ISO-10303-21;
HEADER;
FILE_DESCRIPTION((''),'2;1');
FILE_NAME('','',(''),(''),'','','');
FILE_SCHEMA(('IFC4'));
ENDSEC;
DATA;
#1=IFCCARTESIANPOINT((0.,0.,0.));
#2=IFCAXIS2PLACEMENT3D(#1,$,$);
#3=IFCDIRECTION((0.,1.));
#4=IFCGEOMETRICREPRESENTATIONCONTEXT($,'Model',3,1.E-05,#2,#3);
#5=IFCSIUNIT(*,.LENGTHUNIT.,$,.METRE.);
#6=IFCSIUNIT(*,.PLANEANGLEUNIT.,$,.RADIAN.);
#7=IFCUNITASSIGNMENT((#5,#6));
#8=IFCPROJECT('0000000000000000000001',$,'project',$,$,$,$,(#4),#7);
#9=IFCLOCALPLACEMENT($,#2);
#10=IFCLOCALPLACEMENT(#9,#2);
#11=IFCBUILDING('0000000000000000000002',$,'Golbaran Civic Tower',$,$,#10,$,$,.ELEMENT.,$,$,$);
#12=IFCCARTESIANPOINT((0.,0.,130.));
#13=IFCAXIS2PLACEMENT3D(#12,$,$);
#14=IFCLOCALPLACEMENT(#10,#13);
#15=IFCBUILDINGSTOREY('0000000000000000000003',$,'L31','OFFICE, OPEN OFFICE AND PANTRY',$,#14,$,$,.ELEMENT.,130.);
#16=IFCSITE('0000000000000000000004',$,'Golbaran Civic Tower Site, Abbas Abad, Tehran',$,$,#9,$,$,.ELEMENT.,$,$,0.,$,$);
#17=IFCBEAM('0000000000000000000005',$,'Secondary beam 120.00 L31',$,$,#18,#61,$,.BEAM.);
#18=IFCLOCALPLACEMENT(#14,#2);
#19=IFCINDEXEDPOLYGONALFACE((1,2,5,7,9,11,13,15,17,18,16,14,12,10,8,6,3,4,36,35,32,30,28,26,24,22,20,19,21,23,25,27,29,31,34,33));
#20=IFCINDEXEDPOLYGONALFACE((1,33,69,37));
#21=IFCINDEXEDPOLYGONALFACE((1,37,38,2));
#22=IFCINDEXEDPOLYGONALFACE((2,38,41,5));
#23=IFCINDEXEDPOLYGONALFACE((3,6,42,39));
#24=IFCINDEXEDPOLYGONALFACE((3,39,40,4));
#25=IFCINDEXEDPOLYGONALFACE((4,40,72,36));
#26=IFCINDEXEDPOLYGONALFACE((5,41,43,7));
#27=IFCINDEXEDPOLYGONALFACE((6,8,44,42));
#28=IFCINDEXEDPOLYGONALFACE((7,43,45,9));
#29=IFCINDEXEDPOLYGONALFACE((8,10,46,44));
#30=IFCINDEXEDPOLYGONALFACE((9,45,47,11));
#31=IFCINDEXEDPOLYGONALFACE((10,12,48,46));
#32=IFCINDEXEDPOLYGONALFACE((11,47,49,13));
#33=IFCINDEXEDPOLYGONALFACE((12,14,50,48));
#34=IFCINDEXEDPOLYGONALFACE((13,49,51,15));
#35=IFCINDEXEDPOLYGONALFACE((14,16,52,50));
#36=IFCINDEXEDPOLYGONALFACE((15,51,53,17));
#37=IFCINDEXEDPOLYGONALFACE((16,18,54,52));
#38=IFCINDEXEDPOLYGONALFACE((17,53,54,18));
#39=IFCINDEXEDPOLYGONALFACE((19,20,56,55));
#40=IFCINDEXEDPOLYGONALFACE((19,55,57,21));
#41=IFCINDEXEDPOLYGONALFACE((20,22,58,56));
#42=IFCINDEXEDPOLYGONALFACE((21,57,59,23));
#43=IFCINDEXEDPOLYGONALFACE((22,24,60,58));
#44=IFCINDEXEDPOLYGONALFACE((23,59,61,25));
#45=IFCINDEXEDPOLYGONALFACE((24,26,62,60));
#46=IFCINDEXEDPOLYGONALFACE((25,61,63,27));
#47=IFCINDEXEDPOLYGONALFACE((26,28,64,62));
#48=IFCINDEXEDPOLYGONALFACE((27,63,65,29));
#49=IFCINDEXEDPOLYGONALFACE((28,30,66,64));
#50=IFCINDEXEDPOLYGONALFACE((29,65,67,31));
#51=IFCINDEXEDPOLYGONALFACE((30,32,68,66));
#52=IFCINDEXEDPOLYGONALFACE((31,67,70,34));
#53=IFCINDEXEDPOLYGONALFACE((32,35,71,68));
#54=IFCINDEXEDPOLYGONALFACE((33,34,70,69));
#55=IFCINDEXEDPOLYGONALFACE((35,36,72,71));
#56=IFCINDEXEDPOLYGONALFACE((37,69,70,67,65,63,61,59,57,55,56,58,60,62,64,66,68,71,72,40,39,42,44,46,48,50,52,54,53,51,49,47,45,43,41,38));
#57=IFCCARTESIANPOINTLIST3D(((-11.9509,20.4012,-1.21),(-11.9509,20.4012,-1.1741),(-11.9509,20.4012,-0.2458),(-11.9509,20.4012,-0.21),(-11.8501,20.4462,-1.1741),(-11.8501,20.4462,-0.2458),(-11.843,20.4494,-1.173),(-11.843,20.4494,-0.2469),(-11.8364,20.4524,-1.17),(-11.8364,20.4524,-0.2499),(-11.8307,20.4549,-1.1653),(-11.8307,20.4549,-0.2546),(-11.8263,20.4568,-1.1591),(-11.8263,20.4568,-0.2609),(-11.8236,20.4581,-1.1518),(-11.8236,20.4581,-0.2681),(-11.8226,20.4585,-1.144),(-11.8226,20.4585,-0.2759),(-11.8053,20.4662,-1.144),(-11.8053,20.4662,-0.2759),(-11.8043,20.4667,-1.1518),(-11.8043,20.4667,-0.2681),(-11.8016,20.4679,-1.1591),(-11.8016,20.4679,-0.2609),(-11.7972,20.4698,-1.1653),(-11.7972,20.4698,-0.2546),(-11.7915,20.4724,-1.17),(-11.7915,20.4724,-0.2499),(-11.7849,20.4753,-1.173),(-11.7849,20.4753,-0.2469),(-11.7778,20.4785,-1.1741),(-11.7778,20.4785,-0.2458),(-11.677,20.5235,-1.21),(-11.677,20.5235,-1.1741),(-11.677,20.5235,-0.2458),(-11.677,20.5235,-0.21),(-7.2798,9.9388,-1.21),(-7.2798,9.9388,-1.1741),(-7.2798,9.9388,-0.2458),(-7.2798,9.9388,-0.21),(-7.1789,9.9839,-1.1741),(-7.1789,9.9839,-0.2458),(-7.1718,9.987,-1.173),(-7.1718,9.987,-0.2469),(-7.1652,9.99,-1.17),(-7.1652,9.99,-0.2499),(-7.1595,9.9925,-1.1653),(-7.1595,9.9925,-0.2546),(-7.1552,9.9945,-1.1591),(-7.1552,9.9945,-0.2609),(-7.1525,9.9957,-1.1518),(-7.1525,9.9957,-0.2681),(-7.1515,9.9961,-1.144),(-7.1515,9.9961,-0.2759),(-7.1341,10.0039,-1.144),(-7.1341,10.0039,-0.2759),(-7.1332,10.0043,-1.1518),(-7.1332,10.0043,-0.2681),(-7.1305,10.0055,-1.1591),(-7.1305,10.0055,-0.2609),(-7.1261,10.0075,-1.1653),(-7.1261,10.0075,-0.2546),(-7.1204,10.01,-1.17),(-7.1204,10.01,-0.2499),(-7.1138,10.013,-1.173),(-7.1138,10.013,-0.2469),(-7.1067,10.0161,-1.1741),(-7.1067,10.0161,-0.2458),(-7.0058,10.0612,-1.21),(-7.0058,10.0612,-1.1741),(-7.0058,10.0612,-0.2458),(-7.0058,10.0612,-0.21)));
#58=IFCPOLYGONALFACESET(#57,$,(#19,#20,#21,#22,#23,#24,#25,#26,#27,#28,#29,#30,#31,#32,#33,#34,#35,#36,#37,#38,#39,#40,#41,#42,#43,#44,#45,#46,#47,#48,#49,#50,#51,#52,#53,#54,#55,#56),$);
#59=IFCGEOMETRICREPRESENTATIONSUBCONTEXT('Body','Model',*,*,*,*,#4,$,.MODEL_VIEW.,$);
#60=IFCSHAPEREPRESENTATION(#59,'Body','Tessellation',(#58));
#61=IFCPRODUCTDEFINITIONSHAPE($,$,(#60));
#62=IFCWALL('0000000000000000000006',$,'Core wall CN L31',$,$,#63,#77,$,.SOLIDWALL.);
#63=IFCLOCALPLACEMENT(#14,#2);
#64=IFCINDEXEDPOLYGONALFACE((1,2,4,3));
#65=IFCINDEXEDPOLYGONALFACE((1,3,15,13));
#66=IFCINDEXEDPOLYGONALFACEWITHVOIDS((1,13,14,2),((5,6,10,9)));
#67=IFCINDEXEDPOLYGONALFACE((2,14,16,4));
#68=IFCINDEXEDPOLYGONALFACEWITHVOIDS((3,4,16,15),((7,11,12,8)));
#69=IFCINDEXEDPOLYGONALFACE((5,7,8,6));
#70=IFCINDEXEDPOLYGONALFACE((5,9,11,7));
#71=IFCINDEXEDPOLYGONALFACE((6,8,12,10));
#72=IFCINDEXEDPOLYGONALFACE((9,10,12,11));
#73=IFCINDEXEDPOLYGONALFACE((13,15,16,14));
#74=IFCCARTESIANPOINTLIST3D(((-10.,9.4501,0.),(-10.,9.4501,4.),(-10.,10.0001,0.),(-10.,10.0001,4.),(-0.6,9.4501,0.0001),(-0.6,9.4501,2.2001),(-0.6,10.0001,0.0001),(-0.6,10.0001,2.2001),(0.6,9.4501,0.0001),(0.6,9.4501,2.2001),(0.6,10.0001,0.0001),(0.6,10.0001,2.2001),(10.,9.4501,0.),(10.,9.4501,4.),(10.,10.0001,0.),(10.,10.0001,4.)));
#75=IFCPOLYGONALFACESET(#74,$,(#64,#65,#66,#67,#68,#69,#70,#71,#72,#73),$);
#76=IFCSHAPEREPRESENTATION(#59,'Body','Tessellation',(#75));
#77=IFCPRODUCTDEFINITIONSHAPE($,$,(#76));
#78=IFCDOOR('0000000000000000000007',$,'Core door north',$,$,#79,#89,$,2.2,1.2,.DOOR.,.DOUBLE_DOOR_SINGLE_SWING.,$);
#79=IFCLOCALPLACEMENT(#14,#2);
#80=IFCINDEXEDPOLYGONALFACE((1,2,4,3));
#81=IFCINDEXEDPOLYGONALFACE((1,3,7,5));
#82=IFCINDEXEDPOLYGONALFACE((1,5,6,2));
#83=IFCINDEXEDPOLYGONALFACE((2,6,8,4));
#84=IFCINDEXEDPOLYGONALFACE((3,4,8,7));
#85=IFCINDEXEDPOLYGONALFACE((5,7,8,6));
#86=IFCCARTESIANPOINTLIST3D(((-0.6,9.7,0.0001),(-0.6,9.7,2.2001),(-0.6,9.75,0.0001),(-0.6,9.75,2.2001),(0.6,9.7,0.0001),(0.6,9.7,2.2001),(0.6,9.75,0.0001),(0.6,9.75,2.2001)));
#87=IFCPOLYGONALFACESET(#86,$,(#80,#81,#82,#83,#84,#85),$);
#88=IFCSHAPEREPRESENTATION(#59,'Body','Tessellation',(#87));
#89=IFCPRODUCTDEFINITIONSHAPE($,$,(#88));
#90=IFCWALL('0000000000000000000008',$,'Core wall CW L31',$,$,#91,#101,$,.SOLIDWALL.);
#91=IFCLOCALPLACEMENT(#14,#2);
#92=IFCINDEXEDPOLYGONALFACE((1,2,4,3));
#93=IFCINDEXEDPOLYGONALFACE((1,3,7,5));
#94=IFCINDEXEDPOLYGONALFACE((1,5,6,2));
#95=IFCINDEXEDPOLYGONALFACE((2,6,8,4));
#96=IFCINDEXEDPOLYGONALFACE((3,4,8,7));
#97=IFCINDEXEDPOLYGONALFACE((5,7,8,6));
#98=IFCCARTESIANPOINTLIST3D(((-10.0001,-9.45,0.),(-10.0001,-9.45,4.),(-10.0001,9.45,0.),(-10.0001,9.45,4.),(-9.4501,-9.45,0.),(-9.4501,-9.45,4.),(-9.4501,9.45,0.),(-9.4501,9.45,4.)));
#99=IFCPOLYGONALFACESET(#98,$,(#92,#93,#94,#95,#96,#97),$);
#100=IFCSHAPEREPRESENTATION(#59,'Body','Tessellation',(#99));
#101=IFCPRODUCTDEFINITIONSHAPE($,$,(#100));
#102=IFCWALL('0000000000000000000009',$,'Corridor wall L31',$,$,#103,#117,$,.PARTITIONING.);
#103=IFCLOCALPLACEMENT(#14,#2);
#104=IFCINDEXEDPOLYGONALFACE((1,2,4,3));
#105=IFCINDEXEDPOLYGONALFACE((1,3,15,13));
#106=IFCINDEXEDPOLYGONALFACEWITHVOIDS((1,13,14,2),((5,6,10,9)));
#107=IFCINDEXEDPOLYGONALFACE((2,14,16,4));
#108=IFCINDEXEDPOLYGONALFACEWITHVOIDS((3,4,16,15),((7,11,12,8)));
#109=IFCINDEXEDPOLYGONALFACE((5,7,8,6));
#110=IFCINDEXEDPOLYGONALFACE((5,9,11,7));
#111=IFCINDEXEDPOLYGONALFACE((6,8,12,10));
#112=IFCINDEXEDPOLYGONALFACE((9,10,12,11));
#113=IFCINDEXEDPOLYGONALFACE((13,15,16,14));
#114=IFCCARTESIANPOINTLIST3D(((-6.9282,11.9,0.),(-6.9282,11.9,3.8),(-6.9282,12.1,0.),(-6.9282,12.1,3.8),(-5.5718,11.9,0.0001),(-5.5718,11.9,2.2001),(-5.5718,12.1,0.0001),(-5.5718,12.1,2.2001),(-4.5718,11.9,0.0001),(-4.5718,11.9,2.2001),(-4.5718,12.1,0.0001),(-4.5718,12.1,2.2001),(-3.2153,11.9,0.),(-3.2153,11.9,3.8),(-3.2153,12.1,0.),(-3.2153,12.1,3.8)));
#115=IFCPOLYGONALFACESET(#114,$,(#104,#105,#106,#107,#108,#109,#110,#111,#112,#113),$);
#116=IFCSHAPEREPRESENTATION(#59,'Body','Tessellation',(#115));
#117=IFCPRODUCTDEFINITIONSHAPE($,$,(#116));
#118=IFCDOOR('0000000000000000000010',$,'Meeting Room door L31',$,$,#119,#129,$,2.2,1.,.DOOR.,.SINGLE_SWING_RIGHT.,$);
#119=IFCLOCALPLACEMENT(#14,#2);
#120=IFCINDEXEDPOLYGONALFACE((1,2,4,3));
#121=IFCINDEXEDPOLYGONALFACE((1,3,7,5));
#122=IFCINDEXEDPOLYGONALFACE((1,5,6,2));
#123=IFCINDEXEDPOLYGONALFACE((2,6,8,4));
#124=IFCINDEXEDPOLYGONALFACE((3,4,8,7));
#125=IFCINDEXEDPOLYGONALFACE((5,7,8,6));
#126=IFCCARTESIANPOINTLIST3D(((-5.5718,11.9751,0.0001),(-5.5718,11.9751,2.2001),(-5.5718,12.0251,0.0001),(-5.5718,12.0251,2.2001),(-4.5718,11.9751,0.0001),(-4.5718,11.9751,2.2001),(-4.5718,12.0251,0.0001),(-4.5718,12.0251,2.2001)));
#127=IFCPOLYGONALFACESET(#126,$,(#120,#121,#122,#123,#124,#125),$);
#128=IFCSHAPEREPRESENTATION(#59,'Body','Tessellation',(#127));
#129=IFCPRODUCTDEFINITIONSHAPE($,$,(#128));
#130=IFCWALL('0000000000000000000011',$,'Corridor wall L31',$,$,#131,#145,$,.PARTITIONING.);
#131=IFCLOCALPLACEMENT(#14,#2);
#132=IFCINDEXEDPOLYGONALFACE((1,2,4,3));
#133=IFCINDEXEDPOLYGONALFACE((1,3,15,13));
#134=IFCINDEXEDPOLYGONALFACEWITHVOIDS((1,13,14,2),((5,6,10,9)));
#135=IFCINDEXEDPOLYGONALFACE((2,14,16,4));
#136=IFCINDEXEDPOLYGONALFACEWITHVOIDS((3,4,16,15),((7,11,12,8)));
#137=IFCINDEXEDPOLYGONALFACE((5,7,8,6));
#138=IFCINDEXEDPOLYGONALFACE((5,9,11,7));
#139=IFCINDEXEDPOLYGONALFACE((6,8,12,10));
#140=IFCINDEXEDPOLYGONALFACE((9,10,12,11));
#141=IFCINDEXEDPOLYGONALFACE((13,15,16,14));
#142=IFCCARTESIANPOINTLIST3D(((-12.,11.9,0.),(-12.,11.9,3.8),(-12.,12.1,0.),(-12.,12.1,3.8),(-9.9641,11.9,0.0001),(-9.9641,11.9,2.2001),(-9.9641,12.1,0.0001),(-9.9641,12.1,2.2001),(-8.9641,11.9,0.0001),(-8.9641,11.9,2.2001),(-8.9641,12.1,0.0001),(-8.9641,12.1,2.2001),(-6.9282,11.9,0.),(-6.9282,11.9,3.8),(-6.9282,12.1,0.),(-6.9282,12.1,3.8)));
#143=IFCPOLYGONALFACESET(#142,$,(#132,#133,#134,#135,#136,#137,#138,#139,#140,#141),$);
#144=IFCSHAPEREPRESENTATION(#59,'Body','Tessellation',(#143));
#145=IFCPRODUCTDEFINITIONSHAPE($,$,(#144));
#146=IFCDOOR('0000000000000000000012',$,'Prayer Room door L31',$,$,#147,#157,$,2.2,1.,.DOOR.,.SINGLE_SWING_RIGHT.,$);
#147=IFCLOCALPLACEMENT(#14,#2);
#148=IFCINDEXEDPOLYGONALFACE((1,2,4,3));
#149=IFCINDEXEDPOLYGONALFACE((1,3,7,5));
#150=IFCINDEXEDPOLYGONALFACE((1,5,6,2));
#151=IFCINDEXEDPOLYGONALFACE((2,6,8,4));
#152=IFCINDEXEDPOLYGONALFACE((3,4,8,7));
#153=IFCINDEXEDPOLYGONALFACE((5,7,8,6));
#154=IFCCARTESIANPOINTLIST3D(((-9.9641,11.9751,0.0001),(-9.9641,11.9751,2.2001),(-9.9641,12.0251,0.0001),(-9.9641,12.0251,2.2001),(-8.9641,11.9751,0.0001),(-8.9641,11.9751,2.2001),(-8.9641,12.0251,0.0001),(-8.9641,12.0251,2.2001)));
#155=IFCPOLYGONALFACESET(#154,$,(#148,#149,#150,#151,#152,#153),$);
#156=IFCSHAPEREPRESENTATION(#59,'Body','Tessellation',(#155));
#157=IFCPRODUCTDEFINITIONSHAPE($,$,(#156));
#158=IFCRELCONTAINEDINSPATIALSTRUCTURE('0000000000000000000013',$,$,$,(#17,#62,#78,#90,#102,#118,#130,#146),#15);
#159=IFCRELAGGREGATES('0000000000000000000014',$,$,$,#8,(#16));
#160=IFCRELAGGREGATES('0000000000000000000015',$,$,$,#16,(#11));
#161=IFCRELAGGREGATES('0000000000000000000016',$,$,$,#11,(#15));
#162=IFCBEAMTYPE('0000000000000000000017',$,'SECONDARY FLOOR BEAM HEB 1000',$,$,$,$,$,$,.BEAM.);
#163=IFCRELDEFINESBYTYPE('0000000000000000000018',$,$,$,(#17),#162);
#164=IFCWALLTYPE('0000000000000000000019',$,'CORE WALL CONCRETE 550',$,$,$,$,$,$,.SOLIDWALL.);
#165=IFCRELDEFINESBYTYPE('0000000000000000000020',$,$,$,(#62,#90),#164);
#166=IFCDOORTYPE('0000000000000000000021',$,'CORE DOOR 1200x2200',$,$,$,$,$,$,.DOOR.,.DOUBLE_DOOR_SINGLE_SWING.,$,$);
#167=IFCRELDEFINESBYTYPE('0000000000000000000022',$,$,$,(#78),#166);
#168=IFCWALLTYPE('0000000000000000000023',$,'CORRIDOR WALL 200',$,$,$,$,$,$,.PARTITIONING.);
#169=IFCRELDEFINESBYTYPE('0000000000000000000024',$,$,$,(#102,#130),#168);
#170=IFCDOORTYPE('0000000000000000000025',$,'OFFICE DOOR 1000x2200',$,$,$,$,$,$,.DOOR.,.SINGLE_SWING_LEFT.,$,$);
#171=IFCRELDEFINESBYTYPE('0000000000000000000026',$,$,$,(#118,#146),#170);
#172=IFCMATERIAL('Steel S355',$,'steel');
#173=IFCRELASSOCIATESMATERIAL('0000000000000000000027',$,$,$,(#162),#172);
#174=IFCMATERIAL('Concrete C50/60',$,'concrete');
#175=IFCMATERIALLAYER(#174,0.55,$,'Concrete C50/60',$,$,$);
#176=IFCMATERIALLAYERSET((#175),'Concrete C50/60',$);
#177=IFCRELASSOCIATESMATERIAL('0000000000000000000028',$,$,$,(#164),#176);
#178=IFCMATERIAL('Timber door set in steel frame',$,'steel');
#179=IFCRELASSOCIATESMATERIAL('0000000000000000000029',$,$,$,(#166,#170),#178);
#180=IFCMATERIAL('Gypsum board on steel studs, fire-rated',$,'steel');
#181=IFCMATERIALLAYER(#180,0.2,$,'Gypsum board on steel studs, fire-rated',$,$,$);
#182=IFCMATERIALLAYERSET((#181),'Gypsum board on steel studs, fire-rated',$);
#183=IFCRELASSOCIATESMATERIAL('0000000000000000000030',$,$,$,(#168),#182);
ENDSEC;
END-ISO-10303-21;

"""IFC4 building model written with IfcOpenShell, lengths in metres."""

from ifc_helpers import new_model, si_unit, direction, frame, frame_2d, origin, origin_2d, place, context, subcontext, project, spatial, rectangle, i_section, extrude, material, layer, layer_set, material_profile, profile_set, type_object, element, fill, save


model = new_model("IFC4")

# Units and contexts
model_context = context("Model", 3, precision=1e-05, world=origin(), true_north=direction((0.0, 1.0)))
body_context = subcontext(model_context, "Body", "Model", "MODEL_VIEW")
ifc_project = project(units=[si_unit("LENGTHUNIT", "METRE"), si_unit("PLANEANGLEUNIT", "RADIAN")], contexts=[model_context])

# Site, building, storey
site_placement = place(None, origin())
site = spatial("IfcSite", under=ifc_project, at=site_placement, Name="Golbaran Civic Tower Site, Abbas Abad, Tehran", CompositionType="ELEMENT", RefElevation=0.0)
building_placement = place(site_placement, origin())
building = spatial("IfcBuilding", under=site, at=building_placement, Name="Golbaran Civic Tower", CompositionType="ELEMENT")
storey_placement = place(building_placement, frame((0.0, 0.0, 130.0)))
storey = spatial("IfcBuildingStorey", under=building, at=storey_placement, Name="L31", Description="OFFICE, OPEN OFFICE AND PANTRY", CompositionType="ELEMENT", Elevation=130.0)

# Beam
ifc_material_1 = material(Name="Steel S355", Category="steel")
ifc_material_profile_1 = material_profile(ifc_material_1, i_section(OverallWidth=0.3, OverallDepth=1.0, WebThickness=0.019, FlangeThickness=0.0359, FilletRadius=0.03, at=origin_2d()), Name="HEB 1000")
ifc_profile_set_1 = profile_set([ifc_material_profile_1], Name="Steel S355")
beam_type_1 = type_object("IfcBeamType", Name="SECONDARY FLOOR BEAM HEB 1000", PredefinedType="BEAM", material=ifc_profile_set_1)
beam_1_placement = place(storey_placement, frame((-7.1428, 10.0, -0.71), z_axis=(-0.407682, 0.913124, 0.0), x_axis=(-0.913124, -0.407682, 0.0)))
element("IfcBeam", 1, at=beam_1_placement, inside=storey, type_object=beam_type_1, Name="Secondary beam 120.00 L31", PredefinedType="BEAM", context=body_context, shape_type="SweptSolid", body=[
    extrude(i_section(OverallWidth=0.3, OverallDepth=1.0, WebThickness=0.019, FlangeThickness=0.0359, FilletRadius=0.03, at=origin_2d()), origin(), (0.0, 0.0, 1.0), 11.4578),
])

# Wall, opening, door
ifc_material_2 = material(Name="Concrete C50/60", Category="concrete")
ifc_layer_1 = layer(ifc_material_2, 0.55, Name="Concrete C50/60")
ifc_layer_set_1 = layer_set([ifc_layer_1], Name="Concrete C50/60")
wall_type_1 = type_object("IfcWallType", Name="CORE WALL CONCRETE 550", PredefinedType="SOLIDWALL", material=ifc_layer_set_1)
wall_1_placement = place(storey_placement, frame((-10.0, 9.7251, 0.0), z_axis=(0.0, 0.0, 1.0), x_axis=(1.0, 0.0, 0.0)))
wall_1 = element("IfcWall", 2, at=wall_1_placement, inside=storey, type_object=wall_type_1, Name="Core wall CN L31", PredefinedType="SOLIDWALL", context=body_context, shape_type="SweptSolid", body=[
    extrude(rectangle(XDim=20.0, YDim=0.55, at=frame_2d((10.0, 0.0))), origin(), (0.0, 0.0, 1.0), 4.0),
])
opening_1_placement = place(wall_1_placement, frame((9.3999, 0.0, 0.0)))
opening_1 = element("IfcOpeningElement", 3, at=opening_1_placement, cuts=wall_1, PredefinedType="OPENING", context=body_context, shape_type="SweptSolid", body=[
    extrude(rectangle(XDim=1.2, YDim=2.2, at=frame_2d((0.6001, 1.1001))), frame((0.0, 0.2849, 0.0), z_axis=(0.0, -1.0, 0.0), x_axis=(1.0, 0.0, 0.0)), (0.0, 0.0, 1.0), 0.5701),
])
ifc_material_3 = material(Name="Timber door set in steel frame", Category="steel")
door_type_1 = type_object("IfcDoorType", Name="CORE DOOR 1200x2200", OperationType="DOUBLE_DOOR_SINGLE_SWING", PredefinedType="DOOR", material=ifc_material_3)
door_1_placement = place(opening_1_placement, origin())
door_1 = element("IfcDoor", 4, at=door_1_placement, inside=storey, type_object=door_type_1, Name="Core door north", OperationType="DOUBLE_DOOR_SINGLE_SWING", OverallHeight=2.2, OverallWidth=1.2, PredefinedType="DOOR", context=body_context, shape_type="SweptSolid", body=[
    extrude(rectangle(XDim=1.2, YDim=2.2, at=frame_2d((0.6001, 1.1001))), frame((0.0, 0.0249, 0.0), z_axis=(0.0, -1.0, 0.0), x_axis=(1.0, 0.0, 0.0)), (0.0, 0.0, 1.0), 0.05),
])
fill(opening_1, door_1)

# Wall
wall_2_placement = place(storey_placement, frame((-9.7251, 9.45, 0.0), z_axis=(0.0, 0.0, 1.0), x_axis=(0.0, -1.0, 0.0)))
element("IfcWall", 5, at=wall_2_placement, inside=storey, type_object=wall_type_1, Name="Core wall CW L31", PredefinedType="SOLIDWALL", context=body_context, shape_type="SweptSolid", body=[
    extrude(rectangle(XDim=18.8999, YDim=0.55, at=frame_2d((9.45, 0.0))), origin(), (0.0, 0.0, 1.0), 4.0),
])

# Walls, openings, doors
ifc_material_4 = material(Name="Gypsum board on steel studs, fire-rated", Category="steel")
ifc_layer_2 = layer(ifc_material_4, 0.2, Name="Gypsum board on steel studs, fire-rated")
ifc_layer_set_2 = layer_set([ifc_layer_2], Name="Gypsum board on steel studs, fire-rated")
wall_type_2 = type_object("IfcWallType", Name="CORRIDOR WALL 200", PredefinedType="PARTITIONING", material=ifc_layer_set_2)
wall_3_placement = place(storey_placement, frame((-3.2153, 12.0, 0.0), z_axis=(0.0, 0.0, 1.0), x_axis=(-1.0, 0.0, 0.0)))
wall_3 = element("IfcWall", 6, at=wall_3_placement, inside=storey, type_object=wall_type_2, Name="Corridor wall L31", PredefinedType="PARTITIONING", context=body_context, shape_type="SweptSolid", body=[
    extrude(rectangle(XDim=3.7129, YDim=0.2, at=frame_2d((1.8564, 0.0))), origin(), (0.0, 0.0, 1.0), 3.8),
])
opening_2_placement = place(wall_3_placement, frame((1.3564, 0.0, 0.0)))
opening_2 = element("IfcOpeningElement", 7, at=opening_2_placement, cuts=wall_3, PredefinedType="OPENING", context=body_context, shape_type="SweptSolid", body=[
    extrude(rectangle(XDim=1.0, YDim=2.2, at=frame_2d((0.5, 1.1001))), frame((0.0, 0.1099, 0.0), z_axis=(0.0, -1.0, 0.0), x_axis=(1.0, 0.0, 0.0)), (0.0, 0.0, 1.0), 0.22),
])
door_type_2 = type_object("IfcDoorType", Name="OFFICE DOOR 1000x2200", OperationType="SINGLE_SWING_LEFT", PredefinedType="DOOR", material=ifc_material_3)
door_2_placement = place(opening_2_placement, origin())
door_2 = element("IfcDoor", 8, at=door_2_placement, inside=storey, type_object=door_type_2, Name="Meeting Room door L31", OperationType="SINGLE_SWING_RIGHT", OverallHeight=2.2, OverallWidth=1.0, PredefinedType="DOOR", context=body_context, shape_type="SweptSolid", body=[
    extrude(rectangle(XDim=1.0, YDim=2.2, at=frame_2d((0.5, 1.1001))), frame((0.0, 0.0249, 0.0), z_axis=(0.0, -1.0, 0.0), x_axis=(1.0, 0.0, 0.0)), (0.0, 0.0, 1.0), 0.05),
])
fill(opening_2, door_2)
wall_4_placement = place(storey_placement, frame((-6.9282, 12.0, 0.0), z_axis=(0.0, 0.0, 1.0), x_axis=(-1.0, 0.0, 0.0)))
wall_4 = element("IfcWall", 9, at=wall_4_placement, inside=storey, type_object=wall_type_2, Name="Corridor wall L31", PredefinedType="PARTITIONING", context=body_context, shape_type="SweptSolid", body=[
    extrude(rectangle(XDim=5.0718, YDim=0.2, at=frame_2d((2.5359, 0.0))), origin(), (0.0, 0.0, 1.0), 3.8),
])
opening_3_placement = place(wall_4_placement, frame((2.0359, 0.0, 0.0)))
opening_3 = element("IfcOpeningElement", 10, at=opening_3_placement, cuts=wall_4, PredefinedType="OPENING", context=body_context, shape_type="SweptSolid", body=[
    extrude(rectangle(XDim=1.0, YDim=2.2, at=frame_2d((0.5, 1.1001))), frame((0.0, 0.1099, 0.0), z_axis=(0.0, -1.0, 0.0), x_axis=(1.0, 0.0, 0.0)), (0.0, 0.0, 1.0), 0.22),
])
door_3_placement = place(opening_3_placement, origin())
door_3 = element("IfcDoor", 11, at=door_3_placement, inside=storey, type_object=door_type_2, Name="Prayer Room door L31", OperationType="SINGLE_SWING_RIGHT", OverallHeight=2.2, OverallWidth=1.0, PredefinedType="DOOR", context=body_context, shape_type="SweptSolid", body=[
    extrude(rectangle(XDim=1.0, YDim=2.2, at=frame_2d((0.5, 1.1001))), frame((0.0, 0.0249, 0.0), z_axis=(0.0, -1.0, 0.0), x_axis=(1.0, 0.0, 0.0)), (0.0, 0.0, 1.0), 0.05),
])
fill(opening_3, door_3)

save(model, "model.ifc")
